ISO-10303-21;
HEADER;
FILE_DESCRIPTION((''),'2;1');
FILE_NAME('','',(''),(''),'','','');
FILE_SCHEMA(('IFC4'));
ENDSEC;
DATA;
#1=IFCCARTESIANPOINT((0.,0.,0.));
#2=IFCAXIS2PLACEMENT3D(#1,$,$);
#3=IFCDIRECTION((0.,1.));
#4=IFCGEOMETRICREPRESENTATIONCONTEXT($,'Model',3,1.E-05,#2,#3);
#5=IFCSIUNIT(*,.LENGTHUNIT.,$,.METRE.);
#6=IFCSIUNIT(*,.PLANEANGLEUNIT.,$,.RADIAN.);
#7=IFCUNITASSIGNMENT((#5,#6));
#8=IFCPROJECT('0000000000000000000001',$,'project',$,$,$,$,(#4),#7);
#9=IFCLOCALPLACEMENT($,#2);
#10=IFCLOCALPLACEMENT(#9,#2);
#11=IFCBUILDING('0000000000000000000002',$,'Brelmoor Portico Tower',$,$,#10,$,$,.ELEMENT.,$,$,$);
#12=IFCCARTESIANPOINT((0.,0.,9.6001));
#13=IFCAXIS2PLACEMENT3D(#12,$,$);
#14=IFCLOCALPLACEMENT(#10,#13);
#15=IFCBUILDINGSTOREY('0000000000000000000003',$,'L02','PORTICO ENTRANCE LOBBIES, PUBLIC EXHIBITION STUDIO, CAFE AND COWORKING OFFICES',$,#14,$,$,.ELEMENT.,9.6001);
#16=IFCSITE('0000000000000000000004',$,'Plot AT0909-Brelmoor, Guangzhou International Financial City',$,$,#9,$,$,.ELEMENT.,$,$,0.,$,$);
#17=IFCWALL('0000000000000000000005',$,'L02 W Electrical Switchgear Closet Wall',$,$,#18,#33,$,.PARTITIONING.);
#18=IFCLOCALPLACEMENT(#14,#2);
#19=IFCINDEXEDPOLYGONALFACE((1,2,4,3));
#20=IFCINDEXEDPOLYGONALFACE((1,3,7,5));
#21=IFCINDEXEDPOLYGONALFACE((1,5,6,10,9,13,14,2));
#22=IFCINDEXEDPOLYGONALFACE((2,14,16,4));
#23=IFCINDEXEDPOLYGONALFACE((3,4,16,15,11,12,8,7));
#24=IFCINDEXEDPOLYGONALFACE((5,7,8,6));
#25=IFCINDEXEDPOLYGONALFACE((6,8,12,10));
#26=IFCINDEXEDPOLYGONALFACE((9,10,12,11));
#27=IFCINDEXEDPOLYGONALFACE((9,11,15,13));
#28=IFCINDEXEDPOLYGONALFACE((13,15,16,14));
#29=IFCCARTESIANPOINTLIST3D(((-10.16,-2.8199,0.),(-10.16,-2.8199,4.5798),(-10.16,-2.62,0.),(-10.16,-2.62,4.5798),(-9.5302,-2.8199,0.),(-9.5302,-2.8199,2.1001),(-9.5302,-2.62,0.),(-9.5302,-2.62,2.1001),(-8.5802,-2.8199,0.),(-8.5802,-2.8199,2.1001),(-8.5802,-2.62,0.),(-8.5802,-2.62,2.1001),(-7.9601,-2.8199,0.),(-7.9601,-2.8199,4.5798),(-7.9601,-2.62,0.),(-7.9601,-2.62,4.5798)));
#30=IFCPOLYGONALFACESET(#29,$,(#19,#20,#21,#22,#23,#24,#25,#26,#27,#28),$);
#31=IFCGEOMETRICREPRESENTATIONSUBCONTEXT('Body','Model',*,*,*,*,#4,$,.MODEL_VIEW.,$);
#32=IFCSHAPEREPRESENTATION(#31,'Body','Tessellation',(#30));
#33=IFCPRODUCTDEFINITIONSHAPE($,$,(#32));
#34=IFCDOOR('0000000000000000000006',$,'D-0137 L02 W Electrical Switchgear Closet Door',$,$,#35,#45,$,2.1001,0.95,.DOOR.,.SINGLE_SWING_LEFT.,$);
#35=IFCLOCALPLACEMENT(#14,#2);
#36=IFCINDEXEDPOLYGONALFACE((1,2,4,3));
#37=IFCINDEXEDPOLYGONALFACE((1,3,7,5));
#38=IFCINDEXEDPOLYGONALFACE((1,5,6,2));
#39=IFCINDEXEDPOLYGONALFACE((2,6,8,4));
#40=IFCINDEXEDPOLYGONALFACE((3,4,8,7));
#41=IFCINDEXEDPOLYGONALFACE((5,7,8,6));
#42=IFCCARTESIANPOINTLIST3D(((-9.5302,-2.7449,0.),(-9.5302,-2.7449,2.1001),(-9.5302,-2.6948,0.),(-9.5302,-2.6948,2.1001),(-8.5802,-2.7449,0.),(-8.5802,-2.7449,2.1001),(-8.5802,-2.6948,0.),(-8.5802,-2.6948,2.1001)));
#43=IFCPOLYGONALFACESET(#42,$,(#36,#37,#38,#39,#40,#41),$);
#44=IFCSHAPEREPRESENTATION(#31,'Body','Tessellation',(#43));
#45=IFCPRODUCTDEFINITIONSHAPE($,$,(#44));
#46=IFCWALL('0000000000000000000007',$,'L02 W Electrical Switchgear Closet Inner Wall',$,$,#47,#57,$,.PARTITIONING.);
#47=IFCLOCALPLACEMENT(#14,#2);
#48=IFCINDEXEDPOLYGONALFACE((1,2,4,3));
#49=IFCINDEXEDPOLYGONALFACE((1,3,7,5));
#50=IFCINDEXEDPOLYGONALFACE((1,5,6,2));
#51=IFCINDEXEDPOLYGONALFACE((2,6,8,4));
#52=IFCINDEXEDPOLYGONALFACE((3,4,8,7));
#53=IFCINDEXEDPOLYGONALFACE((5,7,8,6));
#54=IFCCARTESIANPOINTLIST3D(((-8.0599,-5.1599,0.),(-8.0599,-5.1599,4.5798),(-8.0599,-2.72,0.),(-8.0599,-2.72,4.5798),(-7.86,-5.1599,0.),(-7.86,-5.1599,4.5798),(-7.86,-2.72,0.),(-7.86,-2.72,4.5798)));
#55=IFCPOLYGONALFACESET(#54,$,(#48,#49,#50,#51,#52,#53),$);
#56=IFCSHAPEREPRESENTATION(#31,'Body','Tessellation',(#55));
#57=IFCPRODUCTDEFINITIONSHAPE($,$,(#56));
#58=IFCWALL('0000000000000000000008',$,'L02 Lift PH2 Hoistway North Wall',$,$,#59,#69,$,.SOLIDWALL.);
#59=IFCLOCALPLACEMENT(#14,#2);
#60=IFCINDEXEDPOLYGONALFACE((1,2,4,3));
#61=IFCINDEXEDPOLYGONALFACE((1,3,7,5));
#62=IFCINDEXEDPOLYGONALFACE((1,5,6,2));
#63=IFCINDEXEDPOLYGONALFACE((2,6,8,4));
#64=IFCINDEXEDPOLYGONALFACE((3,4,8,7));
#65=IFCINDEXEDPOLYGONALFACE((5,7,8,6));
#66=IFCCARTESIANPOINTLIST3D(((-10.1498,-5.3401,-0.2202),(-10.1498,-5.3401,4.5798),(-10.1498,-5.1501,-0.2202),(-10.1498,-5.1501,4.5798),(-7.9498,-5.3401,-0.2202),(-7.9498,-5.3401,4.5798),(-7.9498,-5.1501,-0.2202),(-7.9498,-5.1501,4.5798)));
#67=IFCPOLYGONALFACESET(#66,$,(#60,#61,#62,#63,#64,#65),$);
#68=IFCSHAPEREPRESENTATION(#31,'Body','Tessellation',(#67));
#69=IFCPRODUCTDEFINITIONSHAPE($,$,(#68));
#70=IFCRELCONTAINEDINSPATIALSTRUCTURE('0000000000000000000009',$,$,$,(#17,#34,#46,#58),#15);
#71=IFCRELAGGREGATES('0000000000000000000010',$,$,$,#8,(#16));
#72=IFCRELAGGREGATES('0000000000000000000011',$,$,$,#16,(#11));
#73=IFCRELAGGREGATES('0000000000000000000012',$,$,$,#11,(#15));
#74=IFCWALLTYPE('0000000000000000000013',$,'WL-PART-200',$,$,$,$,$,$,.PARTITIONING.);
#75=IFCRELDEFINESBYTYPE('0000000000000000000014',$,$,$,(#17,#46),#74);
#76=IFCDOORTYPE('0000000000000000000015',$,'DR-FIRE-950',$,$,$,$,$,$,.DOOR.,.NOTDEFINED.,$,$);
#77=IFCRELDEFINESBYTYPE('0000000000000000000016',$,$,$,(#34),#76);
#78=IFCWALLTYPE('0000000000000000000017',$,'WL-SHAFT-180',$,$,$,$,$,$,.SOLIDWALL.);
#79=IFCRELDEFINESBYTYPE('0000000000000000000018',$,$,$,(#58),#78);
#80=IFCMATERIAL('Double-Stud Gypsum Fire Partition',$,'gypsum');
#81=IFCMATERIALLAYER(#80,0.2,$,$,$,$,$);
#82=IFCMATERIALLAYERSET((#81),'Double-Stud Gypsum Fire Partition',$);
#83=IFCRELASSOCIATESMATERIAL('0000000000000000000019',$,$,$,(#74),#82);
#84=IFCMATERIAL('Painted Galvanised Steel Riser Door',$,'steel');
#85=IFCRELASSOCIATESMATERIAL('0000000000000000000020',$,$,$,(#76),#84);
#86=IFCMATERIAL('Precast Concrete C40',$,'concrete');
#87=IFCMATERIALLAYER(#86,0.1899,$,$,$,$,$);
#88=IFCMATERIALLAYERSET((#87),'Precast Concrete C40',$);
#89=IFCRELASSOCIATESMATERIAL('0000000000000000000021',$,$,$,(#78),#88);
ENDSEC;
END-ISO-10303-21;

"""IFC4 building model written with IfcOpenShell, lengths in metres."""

from ifc_helpers import new_model, si_unit, direction, frame, frame_2d, origin, place, context, subcontext, project, spatial, rectangle, extrude, material, layer, layer_set, type_object, element, fill, save


model = new_model("IFC4")

# Units and contexts
model_context = context("Model", 3, precision=1e-05, world=origin(), true_north=direction((0.0, 1.0)))
body_context = subcontext(model_context, "Body", "Model", "MODEL_VIEW")
ifc_project = project(units=[si_unit("LENGTHUNIT", "METRE"), si_unit("PLANEANGLEUNIT", "RADIAN")], contexts=[model_context])

# Site, building, storey
site_placement = place(None, origin())
site = spatial("IfcSite", under=ifc_project, at=site_placement, Name="Plot AT0909-Brelmoor, Guangzhou International Financial City", CompositionType="ELEMENT", RefElevation=0.0)
building_placement = place(site_placement, origin())
building = spatial("IfcBuilding", under=site, at=building_placement, Name="Brelmoor Portico Tower", CompositionType="ELEMENT")
storey_placement = place(building_placement, frame((0.0, 0.0, 9.6001)))
storey = spatial("IfcBuildingStorey", under=building, at=storey_placement, Name="L02", Description="PORTICO ENTRANCE LOBBIES, PUBLIC EXHIBITION STUDIO, CAFE AND COWORKING OFFICES", CompositionType="ELEMENT", Elevation=9.6001)

# Wall, opening, door
ifc_material_1 = material(Name="Double-Stud Gypsum Fire Partition", Category="gypsum")
ifc_layer_1 = layer(ifc_material_1, 0.2)
ifc_layer_set_1 = layer_set([ifc_layer_1], Name="Double-Stud Gypsum Fire Partition")
wall_type_1 = type_object("IfcWallType", Name="WL-PART-200", PredefinedType="PARTITIONING", material=ifc_layer_set_1)
wall_1_placement = place(storey_placement, frame((-7.96, -2.72, 0.0), z_axis=(0.0, 0.0, 1.0), x_axis=(-1.0, 0.0, 0.0)))
wall_1 = element("IfcWall", 1, at=wall_1_placement, inside=storey, type_object=wall_type_1, Name="L02 W Electrical Switchgear Closet Wall", PredefinedType="PARTITIONING", context=body_context, shape_type="SweptSolid", body=[
    extrude(rectangle(XDim=2.2, YDim=0.2, at=frame_2d((1.1001, 0.0))), origin(), (0.0, 0.0, 1.0), 4.5798),
])
opening_1_placement = place(wall_1_placement, frame((0.6201, 0.0, 0.0)))
opening_1 = element("IfcOpeningElement", 2, at=opening_1_placement, cuts=wall_1, PredefinedType="OPENING", context=body_context, shape_type="SweptSolid", body=[
    extrude(rectangle(XDim=0.95, YDim=2.1001, at=frame_2d((0.4751, 1.05))), frame((0.0, 0.1099, 0.0), z_axis=(0.0, -1.0, 0.0), x_axis=(1.0, 0.0, 0.0)), (0.0, 0.0, 1.0), 0.22),
])
ifc_material_2 = material(Name="Painted Galvanised Steel Riser Door", Category="steel")
door_type_1 = type_object("IfcDoorType", Name="DR-FIRE-950", OperationType="NOTDEFINED", PredefinedType="DOOR", material=ifc_material_2)
door_1_placement = place(opening_1_placement, origin())
door_1 = element("IfcDoor", 3, at=door_1_placement, inside=storey, type_object=door_type_1, Name="D-0137 L02 W Electrical Switchgear Closet Door", OperationType="SINGLE_SWING_LEFT", OverallHeight=2.1001, OverallWidth=0.95, PredefinedType="DOOR", context=body_context, shape_type="SweptSolid", body=[
    extrude(rectangle(XDim=0.95, YDim=2.1001, at=frame_2d((0.4751, 1.05))), frame((0.0, 0.0249, 0.0), z_axis=(0.0, -1.0, 0.0), x_axis=(1.0, 0.0, 0.0)), (0.0, 0.0, 1.0), 0.05),
])
fill(opening_1, door_1)

# Walls
wall_2_placement = place(storey_placement, frame((-7.96, -5.1599, 0.0), z_axis=(0.0, 0.0, 1.0), x_axis=(0.0, 1.0, 0.0)))
element("IfcWall", 4, at=wall_2_placement, inside=storey, type_object=wall_type_1, Name="L02 W Electrical Switchgear Closet Inner Wall", PredefinedType="PARTITIONING", context=body_context, shape_type="SweptSolid", body=[
    extrude(rectangle(XDim=2.4399, YDim=0.2, at=frame_2d((1.22, 0.0))), origin(), (0.0, 0.0, 1.0), 4.5798),
])
ifc_material_3 = material(Name="Precast Concrete C40", Category="concrete")
ifc_layer_2 = layer(ifc_material_3, 0.1899)
ifc_layer_set_2 = layer_set([ifc_layer_2], Name="Precast Concrete C40")
wall_type_2 = type_object("IfcWallType", Name="WL-SHAFT-180", PredefinedType="SOLIDWALL", material=ifc_layer_set_2)
wall_3_placement = place(storey_placement, frame((-10.1499, -5.2451, -0.2202), z_axis=(0.0, 0.0, 1.0), x_axis=(1.0, 0.0, 0.0)))
element("IfcWall", 5, at=wall_3_placement, inside=storey, type_object=wall_type_2, Name="L02 Lift PH2 Hoistway North Wall", PredefinedType="SOLIDWALL", context=body_context, shape_type="SweptSolid", body=[
    extrude(rectangle(XDim=2.2, YDim=0.1899, at=frame_2d((1.1001, 0.0))), origin(), (0.0, 0.0, 1.0), 4.8),
])

save(model, "model.ifc")
